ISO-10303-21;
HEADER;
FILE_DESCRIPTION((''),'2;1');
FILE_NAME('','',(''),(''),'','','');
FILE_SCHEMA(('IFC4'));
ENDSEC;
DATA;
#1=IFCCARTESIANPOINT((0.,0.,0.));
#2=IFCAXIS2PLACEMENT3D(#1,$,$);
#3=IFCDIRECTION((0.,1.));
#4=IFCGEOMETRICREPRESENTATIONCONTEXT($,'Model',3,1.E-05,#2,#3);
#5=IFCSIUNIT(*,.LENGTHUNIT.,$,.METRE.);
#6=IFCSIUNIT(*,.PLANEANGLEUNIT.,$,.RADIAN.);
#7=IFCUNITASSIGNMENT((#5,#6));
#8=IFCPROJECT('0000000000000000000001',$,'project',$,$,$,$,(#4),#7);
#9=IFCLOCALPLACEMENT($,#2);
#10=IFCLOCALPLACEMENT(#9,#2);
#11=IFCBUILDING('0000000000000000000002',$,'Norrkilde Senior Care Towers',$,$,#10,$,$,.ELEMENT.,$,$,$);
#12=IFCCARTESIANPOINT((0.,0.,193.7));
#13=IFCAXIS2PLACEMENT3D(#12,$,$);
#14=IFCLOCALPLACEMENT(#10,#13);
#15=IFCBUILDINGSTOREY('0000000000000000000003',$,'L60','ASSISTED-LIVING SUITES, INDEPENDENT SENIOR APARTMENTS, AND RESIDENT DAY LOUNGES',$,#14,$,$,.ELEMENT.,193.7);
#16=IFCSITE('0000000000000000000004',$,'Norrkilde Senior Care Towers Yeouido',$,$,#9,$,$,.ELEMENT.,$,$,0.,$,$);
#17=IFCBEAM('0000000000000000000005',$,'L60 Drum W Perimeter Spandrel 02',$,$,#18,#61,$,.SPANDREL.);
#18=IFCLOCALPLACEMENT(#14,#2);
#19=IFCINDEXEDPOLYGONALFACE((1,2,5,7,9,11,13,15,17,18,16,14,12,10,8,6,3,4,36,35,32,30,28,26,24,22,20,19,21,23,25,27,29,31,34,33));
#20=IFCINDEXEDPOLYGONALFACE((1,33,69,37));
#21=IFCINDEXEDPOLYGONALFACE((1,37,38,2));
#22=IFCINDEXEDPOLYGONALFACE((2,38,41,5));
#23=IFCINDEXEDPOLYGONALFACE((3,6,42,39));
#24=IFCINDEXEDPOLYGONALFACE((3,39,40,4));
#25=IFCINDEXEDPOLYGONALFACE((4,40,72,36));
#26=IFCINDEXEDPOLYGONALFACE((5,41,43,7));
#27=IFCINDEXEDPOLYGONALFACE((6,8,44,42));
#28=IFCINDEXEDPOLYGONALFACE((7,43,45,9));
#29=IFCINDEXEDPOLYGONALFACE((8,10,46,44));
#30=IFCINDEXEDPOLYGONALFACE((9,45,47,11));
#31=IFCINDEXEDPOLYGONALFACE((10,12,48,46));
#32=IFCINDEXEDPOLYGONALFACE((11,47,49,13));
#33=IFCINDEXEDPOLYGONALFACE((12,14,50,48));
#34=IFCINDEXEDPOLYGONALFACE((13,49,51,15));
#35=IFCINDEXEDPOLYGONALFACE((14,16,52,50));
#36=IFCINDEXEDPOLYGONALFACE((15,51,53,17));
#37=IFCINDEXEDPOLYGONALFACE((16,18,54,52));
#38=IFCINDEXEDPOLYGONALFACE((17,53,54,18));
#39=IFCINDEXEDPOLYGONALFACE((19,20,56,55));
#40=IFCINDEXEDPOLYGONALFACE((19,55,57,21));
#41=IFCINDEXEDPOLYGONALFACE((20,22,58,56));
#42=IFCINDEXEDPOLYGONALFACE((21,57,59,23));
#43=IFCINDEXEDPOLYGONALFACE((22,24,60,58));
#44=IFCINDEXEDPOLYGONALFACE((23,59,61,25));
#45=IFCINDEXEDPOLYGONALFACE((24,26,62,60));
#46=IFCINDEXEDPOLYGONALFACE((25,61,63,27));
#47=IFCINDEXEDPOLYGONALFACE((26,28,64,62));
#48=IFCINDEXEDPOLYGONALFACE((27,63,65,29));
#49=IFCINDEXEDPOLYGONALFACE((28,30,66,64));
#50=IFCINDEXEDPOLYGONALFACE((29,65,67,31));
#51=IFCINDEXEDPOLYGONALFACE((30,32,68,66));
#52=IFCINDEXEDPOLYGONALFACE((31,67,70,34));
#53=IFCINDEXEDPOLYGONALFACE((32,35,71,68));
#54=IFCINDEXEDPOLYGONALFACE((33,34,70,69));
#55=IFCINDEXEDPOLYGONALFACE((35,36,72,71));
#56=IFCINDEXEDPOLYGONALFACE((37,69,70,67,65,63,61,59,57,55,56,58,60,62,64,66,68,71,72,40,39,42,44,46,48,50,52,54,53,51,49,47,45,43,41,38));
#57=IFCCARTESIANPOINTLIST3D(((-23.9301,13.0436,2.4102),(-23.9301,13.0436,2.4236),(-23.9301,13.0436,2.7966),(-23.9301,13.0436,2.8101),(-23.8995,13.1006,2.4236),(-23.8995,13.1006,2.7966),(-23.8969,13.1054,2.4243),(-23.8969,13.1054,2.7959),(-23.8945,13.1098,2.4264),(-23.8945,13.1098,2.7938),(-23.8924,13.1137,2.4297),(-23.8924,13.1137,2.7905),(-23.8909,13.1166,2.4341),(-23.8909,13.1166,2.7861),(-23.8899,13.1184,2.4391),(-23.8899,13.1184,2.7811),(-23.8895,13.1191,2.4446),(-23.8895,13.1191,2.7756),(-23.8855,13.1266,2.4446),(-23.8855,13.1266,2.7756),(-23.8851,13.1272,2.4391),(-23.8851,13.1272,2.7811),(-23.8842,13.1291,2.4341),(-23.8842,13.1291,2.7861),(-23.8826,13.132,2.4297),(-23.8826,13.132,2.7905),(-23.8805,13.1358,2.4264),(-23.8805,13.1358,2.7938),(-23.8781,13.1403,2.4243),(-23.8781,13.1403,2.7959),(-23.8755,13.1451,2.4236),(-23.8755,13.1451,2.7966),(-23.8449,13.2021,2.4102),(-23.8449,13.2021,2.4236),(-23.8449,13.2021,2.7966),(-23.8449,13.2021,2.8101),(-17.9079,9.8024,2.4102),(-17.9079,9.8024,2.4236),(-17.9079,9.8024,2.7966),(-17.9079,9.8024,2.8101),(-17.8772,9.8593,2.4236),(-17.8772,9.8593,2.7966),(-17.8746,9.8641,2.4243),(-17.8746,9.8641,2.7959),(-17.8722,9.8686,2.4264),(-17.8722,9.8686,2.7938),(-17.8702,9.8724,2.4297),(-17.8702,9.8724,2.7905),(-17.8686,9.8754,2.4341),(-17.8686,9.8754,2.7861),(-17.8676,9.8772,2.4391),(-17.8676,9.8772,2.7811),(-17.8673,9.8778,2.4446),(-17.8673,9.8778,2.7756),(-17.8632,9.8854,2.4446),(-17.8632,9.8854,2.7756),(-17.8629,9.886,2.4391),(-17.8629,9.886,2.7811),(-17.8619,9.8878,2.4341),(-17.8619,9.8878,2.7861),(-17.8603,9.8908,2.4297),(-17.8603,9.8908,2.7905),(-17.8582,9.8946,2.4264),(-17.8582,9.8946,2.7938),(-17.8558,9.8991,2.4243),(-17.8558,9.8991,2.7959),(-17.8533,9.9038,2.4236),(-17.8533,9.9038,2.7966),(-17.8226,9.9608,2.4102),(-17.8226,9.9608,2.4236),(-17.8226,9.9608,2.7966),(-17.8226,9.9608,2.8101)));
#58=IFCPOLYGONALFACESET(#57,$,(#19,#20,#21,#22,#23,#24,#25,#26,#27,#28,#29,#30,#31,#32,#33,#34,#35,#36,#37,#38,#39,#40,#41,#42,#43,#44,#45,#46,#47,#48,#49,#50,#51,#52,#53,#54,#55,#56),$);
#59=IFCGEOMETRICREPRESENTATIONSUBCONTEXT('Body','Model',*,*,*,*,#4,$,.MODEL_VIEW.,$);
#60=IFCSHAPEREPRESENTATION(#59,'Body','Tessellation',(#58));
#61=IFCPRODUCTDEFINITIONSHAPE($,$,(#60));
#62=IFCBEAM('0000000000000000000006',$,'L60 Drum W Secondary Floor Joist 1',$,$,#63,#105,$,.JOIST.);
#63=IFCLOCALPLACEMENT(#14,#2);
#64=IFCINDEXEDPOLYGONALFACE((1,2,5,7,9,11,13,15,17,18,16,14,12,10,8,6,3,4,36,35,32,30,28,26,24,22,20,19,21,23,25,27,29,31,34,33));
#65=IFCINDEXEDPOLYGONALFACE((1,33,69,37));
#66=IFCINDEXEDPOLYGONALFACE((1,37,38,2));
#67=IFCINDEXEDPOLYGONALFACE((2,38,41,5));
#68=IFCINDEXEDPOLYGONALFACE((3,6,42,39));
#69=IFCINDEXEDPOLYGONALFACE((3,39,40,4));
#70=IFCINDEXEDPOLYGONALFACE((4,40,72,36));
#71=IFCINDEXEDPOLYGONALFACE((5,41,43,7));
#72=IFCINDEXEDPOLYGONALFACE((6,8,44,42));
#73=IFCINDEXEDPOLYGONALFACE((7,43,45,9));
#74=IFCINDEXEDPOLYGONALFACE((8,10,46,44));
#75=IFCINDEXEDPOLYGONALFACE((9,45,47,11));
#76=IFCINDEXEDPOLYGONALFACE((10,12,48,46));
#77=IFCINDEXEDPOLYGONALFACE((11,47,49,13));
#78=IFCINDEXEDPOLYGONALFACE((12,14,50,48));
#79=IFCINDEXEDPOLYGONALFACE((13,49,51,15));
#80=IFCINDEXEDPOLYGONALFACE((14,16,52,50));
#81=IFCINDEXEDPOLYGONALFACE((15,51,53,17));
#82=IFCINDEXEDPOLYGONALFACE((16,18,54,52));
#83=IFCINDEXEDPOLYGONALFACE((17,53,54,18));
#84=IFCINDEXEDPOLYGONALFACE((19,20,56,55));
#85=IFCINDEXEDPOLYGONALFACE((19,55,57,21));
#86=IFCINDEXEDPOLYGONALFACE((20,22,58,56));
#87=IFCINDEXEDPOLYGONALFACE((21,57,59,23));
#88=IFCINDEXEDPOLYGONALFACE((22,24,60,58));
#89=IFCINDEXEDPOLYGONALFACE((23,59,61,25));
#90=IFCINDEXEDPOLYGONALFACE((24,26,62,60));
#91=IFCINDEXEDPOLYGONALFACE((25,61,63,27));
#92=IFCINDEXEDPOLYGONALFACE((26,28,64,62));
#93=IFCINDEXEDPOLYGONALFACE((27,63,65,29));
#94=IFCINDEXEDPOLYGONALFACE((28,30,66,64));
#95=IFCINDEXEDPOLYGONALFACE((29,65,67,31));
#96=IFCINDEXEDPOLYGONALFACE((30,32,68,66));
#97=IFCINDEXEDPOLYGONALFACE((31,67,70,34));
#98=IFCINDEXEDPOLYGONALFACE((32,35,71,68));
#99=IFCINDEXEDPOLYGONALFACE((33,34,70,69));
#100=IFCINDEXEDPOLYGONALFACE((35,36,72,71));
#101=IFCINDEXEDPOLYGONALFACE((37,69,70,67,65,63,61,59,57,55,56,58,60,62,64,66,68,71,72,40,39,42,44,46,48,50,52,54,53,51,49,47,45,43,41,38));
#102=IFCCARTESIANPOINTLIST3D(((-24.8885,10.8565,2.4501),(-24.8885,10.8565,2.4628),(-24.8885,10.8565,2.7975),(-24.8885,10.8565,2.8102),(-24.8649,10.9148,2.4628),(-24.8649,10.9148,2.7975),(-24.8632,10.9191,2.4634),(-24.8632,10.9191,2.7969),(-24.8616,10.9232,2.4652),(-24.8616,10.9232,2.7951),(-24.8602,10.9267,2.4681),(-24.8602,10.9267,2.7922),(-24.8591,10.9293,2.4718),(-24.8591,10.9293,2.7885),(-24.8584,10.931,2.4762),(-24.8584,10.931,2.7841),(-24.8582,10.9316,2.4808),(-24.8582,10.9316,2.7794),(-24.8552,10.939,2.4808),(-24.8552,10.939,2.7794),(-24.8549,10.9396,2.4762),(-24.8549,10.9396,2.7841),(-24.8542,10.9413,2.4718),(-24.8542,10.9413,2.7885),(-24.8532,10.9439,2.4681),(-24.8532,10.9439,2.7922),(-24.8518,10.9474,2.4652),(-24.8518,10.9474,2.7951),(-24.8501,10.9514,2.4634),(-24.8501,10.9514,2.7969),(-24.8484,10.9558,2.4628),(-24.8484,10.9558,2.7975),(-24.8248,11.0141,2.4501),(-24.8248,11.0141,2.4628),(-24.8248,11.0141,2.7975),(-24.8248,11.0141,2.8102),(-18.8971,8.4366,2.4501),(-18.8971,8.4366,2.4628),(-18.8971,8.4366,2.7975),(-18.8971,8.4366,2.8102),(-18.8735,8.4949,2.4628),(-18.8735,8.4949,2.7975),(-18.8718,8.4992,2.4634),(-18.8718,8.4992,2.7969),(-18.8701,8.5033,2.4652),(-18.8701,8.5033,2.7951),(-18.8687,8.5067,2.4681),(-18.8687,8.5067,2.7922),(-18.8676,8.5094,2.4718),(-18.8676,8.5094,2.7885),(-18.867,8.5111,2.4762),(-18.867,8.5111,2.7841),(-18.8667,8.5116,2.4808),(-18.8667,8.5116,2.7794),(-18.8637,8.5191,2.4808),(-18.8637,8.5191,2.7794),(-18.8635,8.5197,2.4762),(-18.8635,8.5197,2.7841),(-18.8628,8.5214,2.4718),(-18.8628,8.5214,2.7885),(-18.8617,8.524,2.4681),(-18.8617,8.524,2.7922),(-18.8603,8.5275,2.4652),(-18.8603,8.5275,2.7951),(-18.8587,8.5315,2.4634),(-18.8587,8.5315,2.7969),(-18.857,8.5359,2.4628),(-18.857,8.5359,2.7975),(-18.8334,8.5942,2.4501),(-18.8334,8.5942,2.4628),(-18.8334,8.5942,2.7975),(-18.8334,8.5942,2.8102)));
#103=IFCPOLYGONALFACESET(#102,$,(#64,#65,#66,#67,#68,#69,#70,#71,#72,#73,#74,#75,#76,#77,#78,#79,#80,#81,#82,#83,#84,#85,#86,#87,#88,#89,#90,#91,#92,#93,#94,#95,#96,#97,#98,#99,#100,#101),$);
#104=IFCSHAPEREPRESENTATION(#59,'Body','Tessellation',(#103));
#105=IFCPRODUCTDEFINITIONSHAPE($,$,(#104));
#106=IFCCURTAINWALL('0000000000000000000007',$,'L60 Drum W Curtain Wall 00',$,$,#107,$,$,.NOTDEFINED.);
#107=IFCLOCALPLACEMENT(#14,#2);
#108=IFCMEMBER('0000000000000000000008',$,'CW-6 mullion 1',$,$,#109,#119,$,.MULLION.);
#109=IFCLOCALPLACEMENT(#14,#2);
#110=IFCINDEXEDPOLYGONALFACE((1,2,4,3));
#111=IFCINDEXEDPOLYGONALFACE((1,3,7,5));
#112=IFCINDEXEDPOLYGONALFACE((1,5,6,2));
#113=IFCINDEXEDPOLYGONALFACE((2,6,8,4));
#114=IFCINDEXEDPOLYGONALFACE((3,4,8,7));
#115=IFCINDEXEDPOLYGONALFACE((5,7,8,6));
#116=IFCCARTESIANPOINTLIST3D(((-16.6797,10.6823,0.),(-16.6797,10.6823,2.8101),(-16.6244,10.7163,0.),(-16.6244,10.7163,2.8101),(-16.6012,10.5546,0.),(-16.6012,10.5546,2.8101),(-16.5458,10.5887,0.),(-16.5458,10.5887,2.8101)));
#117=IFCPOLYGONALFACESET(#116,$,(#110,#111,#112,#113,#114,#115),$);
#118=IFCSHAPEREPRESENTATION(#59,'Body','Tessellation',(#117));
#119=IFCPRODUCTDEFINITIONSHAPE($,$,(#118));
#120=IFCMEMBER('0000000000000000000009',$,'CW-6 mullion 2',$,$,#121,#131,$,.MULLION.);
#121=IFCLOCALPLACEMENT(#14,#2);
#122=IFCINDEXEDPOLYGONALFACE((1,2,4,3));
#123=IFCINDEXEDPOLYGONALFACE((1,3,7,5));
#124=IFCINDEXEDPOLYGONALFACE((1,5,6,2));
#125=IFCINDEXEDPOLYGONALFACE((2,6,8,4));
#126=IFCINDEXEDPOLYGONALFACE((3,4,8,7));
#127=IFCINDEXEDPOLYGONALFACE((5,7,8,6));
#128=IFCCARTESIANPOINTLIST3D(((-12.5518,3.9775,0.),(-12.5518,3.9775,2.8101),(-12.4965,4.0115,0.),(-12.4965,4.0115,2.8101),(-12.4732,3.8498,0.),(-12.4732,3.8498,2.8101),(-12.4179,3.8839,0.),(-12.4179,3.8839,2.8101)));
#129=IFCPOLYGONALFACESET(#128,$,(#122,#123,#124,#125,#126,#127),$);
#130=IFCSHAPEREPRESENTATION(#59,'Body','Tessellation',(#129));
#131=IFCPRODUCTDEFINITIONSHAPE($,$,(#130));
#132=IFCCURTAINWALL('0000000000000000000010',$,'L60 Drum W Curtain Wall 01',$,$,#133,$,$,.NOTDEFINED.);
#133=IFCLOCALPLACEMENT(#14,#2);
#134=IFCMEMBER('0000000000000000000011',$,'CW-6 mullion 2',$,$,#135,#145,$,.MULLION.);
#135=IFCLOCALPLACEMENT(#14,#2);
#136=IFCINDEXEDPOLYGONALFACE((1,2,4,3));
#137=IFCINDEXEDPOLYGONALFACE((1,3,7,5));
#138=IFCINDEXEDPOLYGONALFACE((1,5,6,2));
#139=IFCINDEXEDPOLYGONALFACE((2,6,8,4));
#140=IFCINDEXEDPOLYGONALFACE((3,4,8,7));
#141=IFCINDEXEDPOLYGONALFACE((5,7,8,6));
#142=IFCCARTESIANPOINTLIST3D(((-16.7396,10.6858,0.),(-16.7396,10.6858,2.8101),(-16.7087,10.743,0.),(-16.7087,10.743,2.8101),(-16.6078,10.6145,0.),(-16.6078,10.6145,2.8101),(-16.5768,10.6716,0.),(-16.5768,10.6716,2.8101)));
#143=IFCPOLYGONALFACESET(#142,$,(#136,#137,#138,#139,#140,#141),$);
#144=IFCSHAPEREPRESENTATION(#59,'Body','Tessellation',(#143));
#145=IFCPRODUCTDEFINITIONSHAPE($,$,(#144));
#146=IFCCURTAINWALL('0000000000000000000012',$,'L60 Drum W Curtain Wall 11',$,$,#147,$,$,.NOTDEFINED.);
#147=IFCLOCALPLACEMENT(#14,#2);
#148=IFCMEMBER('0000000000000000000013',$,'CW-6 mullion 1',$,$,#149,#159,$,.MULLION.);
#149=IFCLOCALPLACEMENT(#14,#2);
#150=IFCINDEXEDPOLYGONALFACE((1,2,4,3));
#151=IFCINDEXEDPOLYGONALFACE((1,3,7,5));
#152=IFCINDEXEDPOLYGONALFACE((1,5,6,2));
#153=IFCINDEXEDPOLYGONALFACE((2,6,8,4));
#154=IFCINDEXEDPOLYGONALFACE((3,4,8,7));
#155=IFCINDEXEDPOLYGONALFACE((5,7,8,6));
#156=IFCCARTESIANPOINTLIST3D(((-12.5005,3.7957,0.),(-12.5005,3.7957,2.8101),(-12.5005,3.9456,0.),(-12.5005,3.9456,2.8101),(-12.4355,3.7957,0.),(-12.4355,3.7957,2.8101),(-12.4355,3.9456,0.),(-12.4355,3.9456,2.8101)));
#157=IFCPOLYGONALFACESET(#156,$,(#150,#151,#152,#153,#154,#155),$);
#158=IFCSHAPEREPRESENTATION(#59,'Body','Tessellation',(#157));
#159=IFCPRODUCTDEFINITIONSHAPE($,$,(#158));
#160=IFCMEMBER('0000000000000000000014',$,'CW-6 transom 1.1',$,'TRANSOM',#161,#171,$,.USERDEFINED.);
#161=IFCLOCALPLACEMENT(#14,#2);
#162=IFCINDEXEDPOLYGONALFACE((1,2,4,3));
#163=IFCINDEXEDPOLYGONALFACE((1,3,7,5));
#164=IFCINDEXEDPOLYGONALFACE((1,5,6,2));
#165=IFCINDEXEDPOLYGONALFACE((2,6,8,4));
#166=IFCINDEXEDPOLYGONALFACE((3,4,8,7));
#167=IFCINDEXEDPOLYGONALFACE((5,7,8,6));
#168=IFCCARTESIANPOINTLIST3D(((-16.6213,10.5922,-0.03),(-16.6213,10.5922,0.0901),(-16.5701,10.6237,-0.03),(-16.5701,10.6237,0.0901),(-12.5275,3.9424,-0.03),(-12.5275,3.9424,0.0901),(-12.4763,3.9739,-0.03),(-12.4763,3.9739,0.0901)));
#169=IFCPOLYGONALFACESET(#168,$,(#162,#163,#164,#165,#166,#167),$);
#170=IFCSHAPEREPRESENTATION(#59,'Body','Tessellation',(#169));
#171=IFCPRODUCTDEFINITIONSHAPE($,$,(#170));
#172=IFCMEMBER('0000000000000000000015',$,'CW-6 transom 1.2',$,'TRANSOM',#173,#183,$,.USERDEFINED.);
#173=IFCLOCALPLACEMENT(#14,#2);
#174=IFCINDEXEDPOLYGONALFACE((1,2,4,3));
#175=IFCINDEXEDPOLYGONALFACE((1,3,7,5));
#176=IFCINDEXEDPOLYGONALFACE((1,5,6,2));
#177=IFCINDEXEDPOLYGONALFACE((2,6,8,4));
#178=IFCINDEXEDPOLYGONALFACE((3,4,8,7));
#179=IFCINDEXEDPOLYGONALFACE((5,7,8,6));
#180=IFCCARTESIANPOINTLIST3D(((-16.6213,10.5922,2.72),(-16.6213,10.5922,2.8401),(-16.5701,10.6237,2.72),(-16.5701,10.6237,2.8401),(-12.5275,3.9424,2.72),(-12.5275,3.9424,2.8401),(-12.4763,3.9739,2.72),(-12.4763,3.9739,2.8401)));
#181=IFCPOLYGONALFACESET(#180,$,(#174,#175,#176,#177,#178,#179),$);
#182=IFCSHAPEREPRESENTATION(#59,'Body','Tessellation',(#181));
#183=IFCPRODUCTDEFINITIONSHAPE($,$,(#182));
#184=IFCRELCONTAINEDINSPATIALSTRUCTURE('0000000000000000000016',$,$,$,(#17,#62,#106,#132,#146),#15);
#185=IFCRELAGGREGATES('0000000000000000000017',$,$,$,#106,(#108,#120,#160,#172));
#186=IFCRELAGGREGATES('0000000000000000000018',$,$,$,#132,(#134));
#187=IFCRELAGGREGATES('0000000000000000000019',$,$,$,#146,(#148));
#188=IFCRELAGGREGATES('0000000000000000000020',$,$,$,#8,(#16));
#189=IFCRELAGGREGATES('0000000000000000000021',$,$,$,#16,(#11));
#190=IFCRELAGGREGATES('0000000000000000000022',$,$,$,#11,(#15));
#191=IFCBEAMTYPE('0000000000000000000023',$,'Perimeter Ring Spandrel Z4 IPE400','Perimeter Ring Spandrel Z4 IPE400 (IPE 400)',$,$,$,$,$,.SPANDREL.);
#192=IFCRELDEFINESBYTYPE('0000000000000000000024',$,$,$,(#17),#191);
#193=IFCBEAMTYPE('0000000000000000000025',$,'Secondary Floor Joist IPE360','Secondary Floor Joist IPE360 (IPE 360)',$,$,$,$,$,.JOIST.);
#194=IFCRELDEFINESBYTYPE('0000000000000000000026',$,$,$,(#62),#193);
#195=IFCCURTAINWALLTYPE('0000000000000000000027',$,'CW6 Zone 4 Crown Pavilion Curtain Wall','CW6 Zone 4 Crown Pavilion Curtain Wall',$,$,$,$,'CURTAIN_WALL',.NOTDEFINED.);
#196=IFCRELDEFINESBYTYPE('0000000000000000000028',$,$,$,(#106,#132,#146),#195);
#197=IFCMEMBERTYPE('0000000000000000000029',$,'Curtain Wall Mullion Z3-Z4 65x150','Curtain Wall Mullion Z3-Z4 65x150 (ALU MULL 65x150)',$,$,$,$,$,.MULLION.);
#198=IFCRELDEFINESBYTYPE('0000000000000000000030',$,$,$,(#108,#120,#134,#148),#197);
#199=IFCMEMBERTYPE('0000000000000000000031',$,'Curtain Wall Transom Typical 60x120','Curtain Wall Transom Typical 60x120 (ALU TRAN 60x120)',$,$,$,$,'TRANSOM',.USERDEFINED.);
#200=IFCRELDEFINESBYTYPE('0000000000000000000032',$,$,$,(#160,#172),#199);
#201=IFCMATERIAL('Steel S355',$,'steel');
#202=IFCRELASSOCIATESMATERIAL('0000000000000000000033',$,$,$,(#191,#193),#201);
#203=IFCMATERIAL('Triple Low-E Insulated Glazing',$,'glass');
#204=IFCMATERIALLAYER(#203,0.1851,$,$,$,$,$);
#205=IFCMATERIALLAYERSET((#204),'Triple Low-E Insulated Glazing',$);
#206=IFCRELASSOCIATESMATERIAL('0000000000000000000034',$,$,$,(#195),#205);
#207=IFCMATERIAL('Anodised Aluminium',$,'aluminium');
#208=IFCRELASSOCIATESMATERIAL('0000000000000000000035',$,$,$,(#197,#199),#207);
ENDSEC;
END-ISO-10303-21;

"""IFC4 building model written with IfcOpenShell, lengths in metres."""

from ifc_helpers import new_model, si_unit, direction, frame, origin, origin_2d, place, context, subcontext, project, spatial, rectangle, i_section, extrude, source, transform, mapped, material, layer, layer_set, material_profile, profile_set, type_object, type_shapes, element, aggregate, save


model = new_model("IFC4")

# Units and contexts
model_context = context("Model", 3, precision=1e-05, world=origin(), true_north=direction((0.0, 1.0)))
body_context = subcontext(model_context, "Body", "Model", "MODEL_VIEW")
ifc_project = project(units=[si_unit("LENGTHUNIT", "METRE"), si_unit("PLANEANGLEUNIT", "RADIAN")], contexts=[model_context])

# Site, building, storey
site_placement = place(None, origin())
site = spatial("IfcSite", under=ifc_project, at=site_placement, Name="Norrkilde Senior Care Towers Yeouido", CompositionType="ELEMENT", RefElevation=0.0)
building_placement = place(site_placement, origin())
building = spatial("IfcBuilding", under=site, at=building_placement, Name="Norrkilde Senior Care Towers", CompositionType="ELEMENT")
storey_placement = place(building_placement, frame((0.0, 0.0, 193.7)))
storey = spatial("IfcBuildingStorey", under=building, at=storey_placement, Name="L60", Description="ASSISTED-LIVING SUITES, INDEPENDENT SENIOR APARTMENTS, AND RESIDENT DAY LOUNGES", CompositionType="ELEMENT", Elevation=193.7)

# Beams
ifc_material_1 = material(Name="Steel S355", Category="steel")
ifc_material_profile_1 = material_profile(ifc_material_1, i_section(OverallWidth=0.1799, OverallDepth=0.3999, WebThickness=0.0085, FlangeThickness=0.0134, FilletRadius=0.021, at=origin_2d()), Name="IPE 400")
ifc_profile_set_1 = profile_set([ifc_material_profile_1], Name="Steel S355")
beam_type_1 = type_object("IfcBeamType", Name="Perimeter Ring Spandrel Z4 IPE400", Description="Perimeter Ring Spandrel Z4 IPE400 (IPE 400)", PredefinedType="SPANDREL", material=ifc_profile_set_1)
shared_shape_1 = source(origin(), body_context, "Body", "SweptSolid", [
    extrude(i_section(OverallWidth=0.1799, OverallDepth=0.3999, WebThickness=0.0085, FlangeThickness=0.0134, FilletRadius=0.021, at=origin_2d()), origin(), (0.0, 0.0, 1.0), 6.8391),
])
beam_1_placement = place(storey_placement, frame((-17.8652, 9.8816, 2.6101), z_axis=(-0.880564, 0.473927, 0.0), x_axis=(-0.473927, -0.880564, 0.0)))
element("IfcBeam", 1, at=beam_1_placement, inside=storey, type_object=beam_type_1, Name="L60 Drum W Perimeter Spandrel 02", PredefinedType="SPANDREL", context=body_context, shape_type="MappedRepresentation", body=[
    mapped(shared_shape_1, transform((0.0, 0.0, 0.0), x_axis=(1.0, 0.0, 0.0), y_axis=(0.0, 1.0, 0.0), z_axis=(0.0, 0.0, 1.0), scale=1.0)),
])
ifc_material_profile_2 = material_profile(ifc_material_1, i_section(OverallWidth=0.1699, OverallDepth=0.3601, WebThickness=0.0081, FlangeThickness=0.0127, FilletRadius=0.0181, at=origin_2d()), Name="IPE 360")
ifc_profile_set_2 = profile_set([ifc_material_profile_2], Name="Steel S355")
beam_type_2 = type_object("IfcBeamType", Name="Secondary Floor Joist IPE360", Description="Secondary Floor Joist IPE360 (IPE 360)", PredefinedType="JOIST", material=ifc_profile_set_2)
shared_shape_2 = source(origin(), body_context, "Body", "SweptSolid", [
    extrude(i_section(OverallWidth=0.1699, OverallDepth=0.3601, WebThickness=0.0081, FlangeThickness=0.0127, FilletRadius=0.0181, at=origin_2d()), origin(), (0.0, 0.0, 1.0), 6.4617),
])
type_shapes(beam_type_2, [shared_shape_2])
beam_2_placement = place(storey_placement, frame((-18.8652, 8.5154, 2.6301), z_axis=(-0.927226, 0.374502, 0.0), x_axis=(-0.374502, -0.927226, 0.0)))
element("IfcBeam", 2, at=beam_2_placement, inside=storey, type_object=beam_type_2, Name="L60 Drum W Secondary Floor Joist 1", PredefinedType="JOIST", context=body_context, shape_type="MappedRepresentation", body=[
    mapped(shared_shape_2, transform((0.0, 0.0, 0.0), x_axis=(1.0, 0.0, 0.0), y_axis=(0.0, 1.0, 0.0), z_axis=(0.0, 0.0, 1.0), scale=1.0)),
])

# Curtain wall, members
ifc_material_2 = material(Name="Triple Low-E Insulated Glazing", Category="glass")
ifc_layer_1 = layer(ifc_material_2, 0.1851)
ifc_layer_set_1 = layer_set([ifc_layer_1], Name="Triple Low-E Insulated Glazing")
curtain_wall_type = type_object("IfcCurtainWallType", Name="CW6 Zone 4 Crown Pavilion Curtain Wall", Description="CW6 Zone 4 Crown Pavilion Curtain Wall", ElementType="CURTAIN_WALL", PredefinedType="NOTDEFINED", material=ifc_layer_set_1)
curtain_wall_1_placement = place(storey_placement, origin())
curtain_wall_1 = element("IfcCurtainWall", 3, at=curtain_wall_1_placement, inside=storey, type_object=curtain_wall_type, Name="L60 Drum W Curtain Wall 00", PredefinedType="NOTDEFINED")
ifc_material_3 = material(Name="Anodised Aluminium", Category="aluminium")
ifc_material_profile_3 = material_profile(ifc_material_3, rectangle(XDim=0.0649, YDim=0.1499, at=origin_2d()), Name="ALU MULL 65x150")
ifc_profile_set_3 = profile_set([ifc_material_profile_3], Name="Anodised Aluminium")
member_type_1 = type_object("IfcMemberType", Name="Curtain Wall Mullion Z3-Z4 65x150", Description="Curtain Wall Mullion Z3-Z4 65x150 (ALU MULL 65x150)", PredefinedType="MULLION", material=ifc_profile_set_3)
shared_shape_3 = source(origin(), body_context, "Body", "SweptSolid", [
    extrude(rectangle(XDim=0.0649, YDim=0.1499, at=origin_2d()), origin(), (0.0, 0.0, 1.0), 2.8101),
])
type_shapes(member_type_1, [shared_shape_3])
member_1_placement = place(storey_placement, frame((-16.6128, 10.6355, 0.0), z_axis=(0.0, 0.0, 1.0), x_axis=(0.851563, 0.524253, 0.0)))
member_1 = element("IfcMember", 4, at=member_1_placement, type_object=member_type_1, Name="CW-6 mullion 1", PredefinedType="MULLION", context=body_context, shape_type="MappedRepresentation", body=[
    mapped(shared_shape_3, transform((0.0, 0.0, 0.0), x_axis=(1.0, 0.0, 0.0), y_axis=(0.0, 1.0, 0.0), z_axis=(0.0, 0.0, 1.0), scale=1.0)),
])
member_2_placement = place(storey_placement, frame((-12.4849, 3.9307, 0.0), z_axis=(0.0, 0.0, 1.0), x_axis=(0.851563, 0.524253, 0.0)))
member_2 = element("IfcMember", 5, at=member_2_placement, type_object=member_type_1, Name="CW-6 mullion 2", PredefinedType="MULLION", context=body_context, shape_type="MappedRepresentation", body=[
    mapped(shared_shape_3, transform((0.0, 0.0, 0.0), x_axis=(1.0, 0.0, 0.0), y_axis=(0.0, 1.0, 0.0), z_axis=(0.0, 0.0, 1.0), scale=1.0)),
])

# Curtain walls, members
curtain_wall_2_placement = place(storey_placement, origin())
curtain_wall_2 = element("IfcCurtainWall", 6, at=curtain_wall_2_placement, inside=storey, type_object=curtain_wall_type, Name="L60 Drum W Curtain Wall 01", PredefinedType="NOTDEFINED")
member_3_placement = place(storey_placement, frame((-16.6582, 10.6787, 0.0), z_axis=(0.0, 0.0, 1.0), x_axis=(0.476133, 0.879373, 0.0)))
member_3 = element("IfcMember", 7, at=member_3_placement, type_object=member_type_1, Name="CW-6 mullion 2", PredefinedType="MULLION", context=body_context, shape_type="MappedRepresentation", body=[
    mapped(shared_shape_3, transform((0.0, 0.0, 0.0), x_axis=(1.0, 0.0, 0.0), y_axis=(0.0, 1.0, 0.0), z_axis=(0.0, 0.0, 1.0), scale=1.0)),
])
curtain_wall_3_placement = place(storey_placement, origin())
curtain_wall_3 = element("IfcCurtainWall", 8, at=curtain_wall_3_placement, inside=storey, type_object=curtain_wall_type, Name="L60 Drum W Curtain Wall 11", PredefinedType="NOTDEFINED")
member_4_placement = place(storey_placement, frame((-12.468, 3.8706, 0.0), z_axis=(0.0, 0.0, 1.0), x_axis=(1.0, 0.0, 0.0)))
member_4 = element("IfcMember", 9, at=member_4_placement, type_object=member_type_1, Name="CW-6 mullion 1", PredefinedType="MULLION", context=body_context, shape_type="MappedRepresentation", body=[
    mapped(shared_shape_3, transform((0.0, 0.0, 0.0), x_axis=(1.0, 0.0, 0.0), y_axis=(0.0, 1.0, 0.0), z_axis=(0.0, 0.0, 1.0), scale=1.0)),
])

# Members
ifc_material_profile_4 = material_profile(ifc_material_3, rectangle(XDim=0.0601, YDim=0.1201, at=origin_2d()), Name="ALU TRAN 60x120")
ifc_profile_set_4 = profile_set([ifc_material_profile_4], Name="Anodised Aluminium")
member_type_2 = type_object("IfcMemberType", Name="Curtain Wall Transom Typical 60x120", Description="Curtain Wall Transom Typical 60x120 (ALU TRAN 60x120)", ElementType="TRANSOM", PredefinedType="USERDEFINED", material=ifc_profile_set_4)
shared_shape_4 = source(origin(), body_context, "Body", "SweptSolid", [
    extrude(rectangle(XDim=0.0601, YDim=0.1201, at=origin_2d()), origin(), (0.0, 0.0, 1.0), 7.8088),
])
member_5_placement = place(storey_placement, frame((-16.5957, 10.6079, 0.03), z_axis=(0.524251, -0.851564, 0.0), x_axis=(0.851564, 0.524251, 0.0)))
member_5 = element("IfcMember", 10, at=member_5_placement, type_object=member_type_2, Name="CW-6 transom 1.1", ObjectType="TRANSOM", PredefinedType="USERDEFINED", context=body_context, shape_type="MappedRepresentation", body=[
    mapped(shared_shape_4, transform((0.0, 0.0, 0.0), x_axis=(1.0, 0.0, 0.0), y_axis=(0.0, 1.0, 0.0), z_axis=(0.0, 0.0, 1.0), scale=1.0)),
])
member_6_placement = place(storey_placement, frame((-16.5957, 10.6079, 2.78), z_axis=(0.524251, -0.851564, 0.0), x_axis=(0.851564, 0.524251, 0.0)))
member_6 = element("IfcMember", 11, at=member_6_placement, type_object=member_type_2, Name="CW-6 transom 1.2", ObjectType="TRANSOM", PredefinedType="USERDEFINED", context=body_context, shape_type="MappedRepresentation", body=[
    mapped(shared_shape_4, transform((0.0, 0.0, 0.0), x_axis=(1.0, 0.0, 0.0), y_axis=(0.0, 1.0, 0.0), z_axis=(0.0, 0.0, 1.0), scale=1.0)),
])

aggregate(curtain_wall_1, [member_1, member_2, member_5, member_6])
aggregate(curtain_wall_2, [member_3])
aggregate(curtain_wall_3, [member_4])

save(model, "model.ifc")
